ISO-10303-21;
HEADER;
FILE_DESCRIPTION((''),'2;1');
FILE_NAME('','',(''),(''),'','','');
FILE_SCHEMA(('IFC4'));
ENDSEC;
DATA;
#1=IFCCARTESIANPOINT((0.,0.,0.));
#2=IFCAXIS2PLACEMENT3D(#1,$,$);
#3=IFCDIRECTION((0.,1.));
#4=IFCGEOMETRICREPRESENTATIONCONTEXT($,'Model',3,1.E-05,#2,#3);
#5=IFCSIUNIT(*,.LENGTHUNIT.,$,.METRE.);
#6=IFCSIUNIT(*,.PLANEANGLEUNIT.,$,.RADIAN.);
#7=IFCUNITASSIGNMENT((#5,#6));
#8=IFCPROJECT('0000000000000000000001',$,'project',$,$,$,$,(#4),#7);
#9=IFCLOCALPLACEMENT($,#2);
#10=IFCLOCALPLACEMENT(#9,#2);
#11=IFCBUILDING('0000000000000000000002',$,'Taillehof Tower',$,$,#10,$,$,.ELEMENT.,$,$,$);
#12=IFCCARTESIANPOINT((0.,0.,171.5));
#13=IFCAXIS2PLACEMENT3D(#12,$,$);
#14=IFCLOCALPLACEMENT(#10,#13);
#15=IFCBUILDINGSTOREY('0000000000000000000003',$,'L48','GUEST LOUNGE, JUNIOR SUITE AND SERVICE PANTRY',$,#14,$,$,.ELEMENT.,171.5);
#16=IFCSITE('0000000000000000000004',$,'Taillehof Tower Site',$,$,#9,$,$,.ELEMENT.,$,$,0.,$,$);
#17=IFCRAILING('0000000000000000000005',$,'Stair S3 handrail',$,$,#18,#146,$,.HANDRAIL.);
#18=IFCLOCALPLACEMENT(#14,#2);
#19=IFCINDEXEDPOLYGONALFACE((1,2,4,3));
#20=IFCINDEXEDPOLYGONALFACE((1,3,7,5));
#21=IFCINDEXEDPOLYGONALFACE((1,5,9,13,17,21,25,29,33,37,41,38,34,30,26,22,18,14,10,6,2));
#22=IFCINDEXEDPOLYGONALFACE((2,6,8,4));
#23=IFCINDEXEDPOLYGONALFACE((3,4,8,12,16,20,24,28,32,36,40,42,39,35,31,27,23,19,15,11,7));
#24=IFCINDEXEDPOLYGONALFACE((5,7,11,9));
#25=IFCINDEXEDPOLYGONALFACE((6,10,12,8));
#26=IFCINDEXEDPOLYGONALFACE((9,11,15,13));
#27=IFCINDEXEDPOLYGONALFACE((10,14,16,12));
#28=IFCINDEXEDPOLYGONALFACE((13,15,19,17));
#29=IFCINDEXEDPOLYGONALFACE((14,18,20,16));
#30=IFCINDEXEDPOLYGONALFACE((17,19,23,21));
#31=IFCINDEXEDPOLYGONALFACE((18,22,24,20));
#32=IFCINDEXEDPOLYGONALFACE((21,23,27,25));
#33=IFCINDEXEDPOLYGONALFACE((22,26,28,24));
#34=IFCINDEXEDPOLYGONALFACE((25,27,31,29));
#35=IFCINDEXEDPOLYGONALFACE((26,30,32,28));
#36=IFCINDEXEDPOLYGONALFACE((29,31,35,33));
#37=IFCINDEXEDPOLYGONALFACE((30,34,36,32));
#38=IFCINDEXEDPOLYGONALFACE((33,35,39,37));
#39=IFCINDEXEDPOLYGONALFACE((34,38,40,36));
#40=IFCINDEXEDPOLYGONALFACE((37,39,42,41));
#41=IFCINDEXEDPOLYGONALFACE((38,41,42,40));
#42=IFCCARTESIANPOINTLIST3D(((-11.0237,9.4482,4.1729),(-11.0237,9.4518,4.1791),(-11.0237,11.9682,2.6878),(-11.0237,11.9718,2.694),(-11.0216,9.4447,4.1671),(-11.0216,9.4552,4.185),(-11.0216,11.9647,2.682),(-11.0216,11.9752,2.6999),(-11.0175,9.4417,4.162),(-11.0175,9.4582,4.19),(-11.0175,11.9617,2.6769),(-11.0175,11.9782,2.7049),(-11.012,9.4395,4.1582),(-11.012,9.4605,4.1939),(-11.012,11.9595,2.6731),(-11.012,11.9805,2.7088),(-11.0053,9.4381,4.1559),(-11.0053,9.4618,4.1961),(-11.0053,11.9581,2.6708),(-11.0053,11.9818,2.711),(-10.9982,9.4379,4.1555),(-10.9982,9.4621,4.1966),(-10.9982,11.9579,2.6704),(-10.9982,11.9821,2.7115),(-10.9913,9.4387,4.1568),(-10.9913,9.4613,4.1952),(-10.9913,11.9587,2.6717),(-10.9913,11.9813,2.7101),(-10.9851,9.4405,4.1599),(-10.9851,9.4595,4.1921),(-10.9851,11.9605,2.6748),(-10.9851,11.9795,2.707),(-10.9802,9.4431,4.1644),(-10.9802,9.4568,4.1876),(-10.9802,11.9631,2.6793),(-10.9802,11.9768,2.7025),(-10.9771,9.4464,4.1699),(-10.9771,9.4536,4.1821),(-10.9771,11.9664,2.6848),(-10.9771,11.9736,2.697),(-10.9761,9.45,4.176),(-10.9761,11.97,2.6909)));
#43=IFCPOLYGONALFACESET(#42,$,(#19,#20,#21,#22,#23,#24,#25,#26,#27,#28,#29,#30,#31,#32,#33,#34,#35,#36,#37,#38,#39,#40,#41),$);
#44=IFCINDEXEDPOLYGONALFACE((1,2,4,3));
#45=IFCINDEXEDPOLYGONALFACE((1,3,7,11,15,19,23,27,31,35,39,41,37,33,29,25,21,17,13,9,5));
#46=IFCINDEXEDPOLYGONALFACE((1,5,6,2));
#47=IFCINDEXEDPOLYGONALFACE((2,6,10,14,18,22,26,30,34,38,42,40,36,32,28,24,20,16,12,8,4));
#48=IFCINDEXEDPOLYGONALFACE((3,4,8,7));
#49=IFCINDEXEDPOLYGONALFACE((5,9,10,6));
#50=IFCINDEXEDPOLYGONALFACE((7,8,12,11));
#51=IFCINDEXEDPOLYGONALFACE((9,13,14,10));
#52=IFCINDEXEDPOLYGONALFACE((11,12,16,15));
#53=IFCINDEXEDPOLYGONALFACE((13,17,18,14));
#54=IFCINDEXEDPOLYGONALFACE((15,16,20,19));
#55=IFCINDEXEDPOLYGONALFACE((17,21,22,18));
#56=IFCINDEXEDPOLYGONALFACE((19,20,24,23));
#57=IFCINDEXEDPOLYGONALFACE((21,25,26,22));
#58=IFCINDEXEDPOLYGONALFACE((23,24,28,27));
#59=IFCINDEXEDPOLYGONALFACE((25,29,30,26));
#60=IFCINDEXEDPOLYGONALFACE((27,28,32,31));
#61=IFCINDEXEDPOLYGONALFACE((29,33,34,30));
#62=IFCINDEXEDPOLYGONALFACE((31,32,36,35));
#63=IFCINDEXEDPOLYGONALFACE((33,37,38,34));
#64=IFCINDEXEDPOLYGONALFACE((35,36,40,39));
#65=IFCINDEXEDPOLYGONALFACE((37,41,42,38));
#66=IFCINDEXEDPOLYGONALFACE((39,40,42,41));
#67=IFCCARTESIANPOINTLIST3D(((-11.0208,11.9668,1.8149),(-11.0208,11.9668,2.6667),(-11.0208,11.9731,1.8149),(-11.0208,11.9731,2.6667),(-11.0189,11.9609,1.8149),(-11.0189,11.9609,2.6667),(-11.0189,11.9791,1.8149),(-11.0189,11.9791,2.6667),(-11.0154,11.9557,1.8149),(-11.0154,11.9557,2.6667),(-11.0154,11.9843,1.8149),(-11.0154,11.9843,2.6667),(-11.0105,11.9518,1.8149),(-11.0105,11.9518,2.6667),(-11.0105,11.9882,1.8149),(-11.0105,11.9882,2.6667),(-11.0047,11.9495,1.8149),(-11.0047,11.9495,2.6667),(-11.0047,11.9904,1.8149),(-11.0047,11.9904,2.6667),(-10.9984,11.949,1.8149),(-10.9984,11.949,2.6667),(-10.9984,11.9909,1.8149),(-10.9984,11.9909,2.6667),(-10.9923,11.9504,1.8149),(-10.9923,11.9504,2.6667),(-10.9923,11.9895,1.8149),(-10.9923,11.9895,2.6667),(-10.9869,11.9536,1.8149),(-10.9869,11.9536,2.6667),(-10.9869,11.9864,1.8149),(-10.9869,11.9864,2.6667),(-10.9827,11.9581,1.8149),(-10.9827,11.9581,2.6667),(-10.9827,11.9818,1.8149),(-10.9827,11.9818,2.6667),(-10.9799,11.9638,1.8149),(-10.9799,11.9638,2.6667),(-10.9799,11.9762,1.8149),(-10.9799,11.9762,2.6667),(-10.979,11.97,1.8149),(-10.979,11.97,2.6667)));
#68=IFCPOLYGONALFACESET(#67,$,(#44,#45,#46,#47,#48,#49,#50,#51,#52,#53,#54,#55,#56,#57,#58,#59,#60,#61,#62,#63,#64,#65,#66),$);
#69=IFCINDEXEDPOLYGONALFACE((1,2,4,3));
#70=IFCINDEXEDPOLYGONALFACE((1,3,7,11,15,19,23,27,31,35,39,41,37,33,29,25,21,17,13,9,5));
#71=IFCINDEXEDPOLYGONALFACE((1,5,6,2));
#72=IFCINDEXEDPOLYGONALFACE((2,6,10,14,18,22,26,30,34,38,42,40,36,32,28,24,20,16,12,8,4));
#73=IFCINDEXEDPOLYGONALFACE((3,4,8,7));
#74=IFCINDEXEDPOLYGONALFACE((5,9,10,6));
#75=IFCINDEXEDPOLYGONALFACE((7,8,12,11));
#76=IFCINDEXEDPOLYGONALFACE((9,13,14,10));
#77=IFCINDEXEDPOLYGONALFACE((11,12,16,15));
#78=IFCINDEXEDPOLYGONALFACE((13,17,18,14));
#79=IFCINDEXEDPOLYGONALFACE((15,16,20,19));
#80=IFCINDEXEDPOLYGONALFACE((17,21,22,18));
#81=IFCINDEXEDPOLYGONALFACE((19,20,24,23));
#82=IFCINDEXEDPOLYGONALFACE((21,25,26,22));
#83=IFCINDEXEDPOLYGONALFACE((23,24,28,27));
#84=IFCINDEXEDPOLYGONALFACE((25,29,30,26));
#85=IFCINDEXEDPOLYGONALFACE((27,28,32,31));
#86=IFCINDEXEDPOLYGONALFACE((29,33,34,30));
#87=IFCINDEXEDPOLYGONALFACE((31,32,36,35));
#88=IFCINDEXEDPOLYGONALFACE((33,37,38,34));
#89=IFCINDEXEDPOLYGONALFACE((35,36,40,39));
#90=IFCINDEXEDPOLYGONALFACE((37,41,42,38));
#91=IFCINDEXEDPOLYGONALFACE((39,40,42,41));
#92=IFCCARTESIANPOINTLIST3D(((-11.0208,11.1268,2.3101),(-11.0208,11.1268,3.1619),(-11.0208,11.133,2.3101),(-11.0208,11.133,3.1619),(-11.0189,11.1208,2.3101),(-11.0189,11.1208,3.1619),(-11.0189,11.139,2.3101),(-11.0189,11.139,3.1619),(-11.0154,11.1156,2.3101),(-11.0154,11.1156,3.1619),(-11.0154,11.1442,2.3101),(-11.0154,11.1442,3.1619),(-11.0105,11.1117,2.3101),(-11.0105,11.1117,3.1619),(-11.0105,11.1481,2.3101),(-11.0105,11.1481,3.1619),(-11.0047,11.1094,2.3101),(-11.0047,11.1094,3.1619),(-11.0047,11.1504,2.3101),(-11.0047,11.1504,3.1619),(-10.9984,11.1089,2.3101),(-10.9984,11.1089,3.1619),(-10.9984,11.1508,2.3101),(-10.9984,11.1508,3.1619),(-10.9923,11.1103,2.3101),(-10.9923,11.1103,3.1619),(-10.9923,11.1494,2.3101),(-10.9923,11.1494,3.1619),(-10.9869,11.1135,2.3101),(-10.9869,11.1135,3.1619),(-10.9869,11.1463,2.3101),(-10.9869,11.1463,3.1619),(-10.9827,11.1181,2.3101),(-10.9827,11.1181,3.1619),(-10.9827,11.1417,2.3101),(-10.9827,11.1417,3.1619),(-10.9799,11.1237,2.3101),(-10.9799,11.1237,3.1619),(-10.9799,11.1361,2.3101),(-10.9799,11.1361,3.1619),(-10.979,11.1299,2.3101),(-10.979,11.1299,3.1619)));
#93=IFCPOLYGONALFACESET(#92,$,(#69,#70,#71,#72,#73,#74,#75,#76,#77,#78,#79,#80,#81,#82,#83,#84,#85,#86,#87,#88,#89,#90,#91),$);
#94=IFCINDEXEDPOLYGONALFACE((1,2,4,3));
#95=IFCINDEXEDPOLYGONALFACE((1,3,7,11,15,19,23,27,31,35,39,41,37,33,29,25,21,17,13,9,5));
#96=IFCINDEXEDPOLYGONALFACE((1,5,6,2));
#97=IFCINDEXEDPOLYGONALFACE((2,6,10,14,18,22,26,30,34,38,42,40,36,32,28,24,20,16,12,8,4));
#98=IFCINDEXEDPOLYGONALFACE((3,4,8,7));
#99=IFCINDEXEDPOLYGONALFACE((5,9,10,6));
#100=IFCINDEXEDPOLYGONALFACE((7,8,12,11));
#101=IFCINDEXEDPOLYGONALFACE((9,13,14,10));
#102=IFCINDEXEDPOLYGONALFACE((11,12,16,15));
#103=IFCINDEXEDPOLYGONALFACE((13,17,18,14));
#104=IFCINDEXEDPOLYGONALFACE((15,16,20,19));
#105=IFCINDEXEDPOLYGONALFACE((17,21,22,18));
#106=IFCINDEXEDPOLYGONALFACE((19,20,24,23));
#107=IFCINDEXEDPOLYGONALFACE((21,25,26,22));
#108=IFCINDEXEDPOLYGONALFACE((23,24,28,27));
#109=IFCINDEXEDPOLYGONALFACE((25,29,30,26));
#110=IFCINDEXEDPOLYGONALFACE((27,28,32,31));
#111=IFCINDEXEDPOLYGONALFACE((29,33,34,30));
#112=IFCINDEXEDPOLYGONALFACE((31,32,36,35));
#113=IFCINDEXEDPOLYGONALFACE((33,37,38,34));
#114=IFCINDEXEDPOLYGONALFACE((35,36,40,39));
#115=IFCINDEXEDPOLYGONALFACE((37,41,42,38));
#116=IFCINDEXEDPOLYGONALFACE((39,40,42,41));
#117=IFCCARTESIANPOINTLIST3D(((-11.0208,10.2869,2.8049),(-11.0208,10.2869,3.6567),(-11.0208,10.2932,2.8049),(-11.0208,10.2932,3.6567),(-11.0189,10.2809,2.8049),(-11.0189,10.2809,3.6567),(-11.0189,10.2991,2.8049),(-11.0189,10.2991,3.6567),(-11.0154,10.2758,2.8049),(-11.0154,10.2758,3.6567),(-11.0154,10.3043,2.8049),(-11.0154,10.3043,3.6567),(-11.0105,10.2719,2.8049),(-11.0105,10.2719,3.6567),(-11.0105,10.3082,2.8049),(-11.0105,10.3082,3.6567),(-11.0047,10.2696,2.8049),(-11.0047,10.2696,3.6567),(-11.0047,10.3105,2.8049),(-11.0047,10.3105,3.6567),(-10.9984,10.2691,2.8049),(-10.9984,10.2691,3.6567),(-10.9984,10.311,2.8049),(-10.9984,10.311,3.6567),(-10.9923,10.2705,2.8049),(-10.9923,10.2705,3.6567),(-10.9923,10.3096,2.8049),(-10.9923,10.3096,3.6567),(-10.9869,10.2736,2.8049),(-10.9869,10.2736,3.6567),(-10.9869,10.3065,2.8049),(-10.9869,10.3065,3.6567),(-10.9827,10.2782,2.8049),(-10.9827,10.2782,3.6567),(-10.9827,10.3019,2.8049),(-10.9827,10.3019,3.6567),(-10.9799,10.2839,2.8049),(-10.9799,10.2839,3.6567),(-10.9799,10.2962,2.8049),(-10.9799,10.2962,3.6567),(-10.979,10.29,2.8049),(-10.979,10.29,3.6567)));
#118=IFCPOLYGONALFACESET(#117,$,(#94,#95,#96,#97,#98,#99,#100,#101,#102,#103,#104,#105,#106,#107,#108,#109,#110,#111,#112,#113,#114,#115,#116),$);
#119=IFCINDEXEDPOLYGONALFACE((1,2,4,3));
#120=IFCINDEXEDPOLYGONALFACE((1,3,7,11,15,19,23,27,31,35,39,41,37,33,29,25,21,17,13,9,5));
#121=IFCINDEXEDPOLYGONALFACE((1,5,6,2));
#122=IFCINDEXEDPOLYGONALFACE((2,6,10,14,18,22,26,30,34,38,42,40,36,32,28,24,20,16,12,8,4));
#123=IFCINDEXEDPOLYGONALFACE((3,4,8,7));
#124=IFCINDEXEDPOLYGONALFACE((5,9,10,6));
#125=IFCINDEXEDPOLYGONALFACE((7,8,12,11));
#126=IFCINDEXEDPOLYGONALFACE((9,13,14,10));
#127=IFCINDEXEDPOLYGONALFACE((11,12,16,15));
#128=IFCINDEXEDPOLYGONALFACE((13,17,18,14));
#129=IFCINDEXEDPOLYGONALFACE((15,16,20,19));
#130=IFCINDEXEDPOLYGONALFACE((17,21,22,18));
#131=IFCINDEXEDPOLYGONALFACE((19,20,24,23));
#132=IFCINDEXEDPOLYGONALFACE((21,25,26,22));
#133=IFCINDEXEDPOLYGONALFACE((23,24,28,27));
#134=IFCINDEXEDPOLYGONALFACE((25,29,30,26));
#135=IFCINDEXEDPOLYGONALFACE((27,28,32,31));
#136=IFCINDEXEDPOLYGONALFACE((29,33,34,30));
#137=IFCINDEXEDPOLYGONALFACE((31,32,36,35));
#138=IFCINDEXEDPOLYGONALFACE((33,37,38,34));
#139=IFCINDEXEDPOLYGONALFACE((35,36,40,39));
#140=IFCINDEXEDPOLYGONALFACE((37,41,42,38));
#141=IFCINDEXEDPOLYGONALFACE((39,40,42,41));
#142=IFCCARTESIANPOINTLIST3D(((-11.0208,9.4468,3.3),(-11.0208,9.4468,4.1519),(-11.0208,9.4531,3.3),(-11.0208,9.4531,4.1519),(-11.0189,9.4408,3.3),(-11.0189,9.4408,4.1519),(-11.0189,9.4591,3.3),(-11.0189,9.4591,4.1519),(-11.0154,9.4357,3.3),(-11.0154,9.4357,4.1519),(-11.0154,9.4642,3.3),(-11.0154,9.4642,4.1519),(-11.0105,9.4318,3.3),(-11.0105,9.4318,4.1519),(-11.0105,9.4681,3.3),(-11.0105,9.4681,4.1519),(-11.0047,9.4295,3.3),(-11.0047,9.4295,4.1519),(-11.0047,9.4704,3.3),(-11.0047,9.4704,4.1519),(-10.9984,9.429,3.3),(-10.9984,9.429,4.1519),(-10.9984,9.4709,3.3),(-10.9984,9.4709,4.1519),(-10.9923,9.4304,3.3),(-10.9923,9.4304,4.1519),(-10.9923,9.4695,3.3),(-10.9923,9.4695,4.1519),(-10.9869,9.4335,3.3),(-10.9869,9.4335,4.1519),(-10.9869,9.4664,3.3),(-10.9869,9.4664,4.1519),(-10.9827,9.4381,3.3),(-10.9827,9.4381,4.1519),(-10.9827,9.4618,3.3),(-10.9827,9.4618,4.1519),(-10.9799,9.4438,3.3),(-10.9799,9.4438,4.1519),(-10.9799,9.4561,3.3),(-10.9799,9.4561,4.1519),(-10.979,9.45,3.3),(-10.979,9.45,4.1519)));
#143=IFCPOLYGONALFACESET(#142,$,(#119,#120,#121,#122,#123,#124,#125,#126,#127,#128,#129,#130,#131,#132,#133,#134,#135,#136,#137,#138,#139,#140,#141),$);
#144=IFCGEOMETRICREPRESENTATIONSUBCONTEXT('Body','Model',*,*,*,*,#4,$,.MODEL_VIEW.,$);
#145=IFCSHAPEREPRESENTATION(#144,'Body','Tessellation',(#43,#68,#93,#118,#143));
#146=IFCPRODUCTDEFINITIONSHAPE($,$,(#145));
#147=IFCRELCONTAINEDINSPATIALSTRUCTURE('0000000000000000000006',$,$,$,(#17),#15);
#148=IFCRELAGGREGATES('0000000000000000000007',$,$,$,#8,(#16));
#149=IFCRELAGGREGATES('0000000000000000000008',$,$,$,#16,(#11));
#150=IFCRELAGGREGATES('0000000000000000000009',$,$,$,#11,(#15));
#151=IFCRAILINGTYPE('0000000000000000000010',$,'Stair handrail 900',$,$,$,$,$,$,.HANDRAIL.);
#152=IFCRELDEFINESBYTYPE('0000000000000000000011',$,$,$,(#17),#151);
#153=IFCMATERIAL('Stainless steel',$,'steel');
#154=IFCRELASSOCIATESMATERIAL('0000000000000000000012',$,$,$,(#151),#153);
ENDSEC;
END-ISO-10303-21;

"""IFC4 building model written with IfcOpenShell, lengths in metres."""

from ifc_helpers import new_model, si_unit, direction, frame, origin, origin_2d, place, context, subcontext, project, spatial, circle, extrude, material, type_object, element, save


model = new_model("IFC4")

# Units and contexts
model_context = context("Model", 3, precision=1e-05, world=origin(), true_north=direction((0.0, 1.0)))
body_context = subcontext(model_context, "Body", "Model", "MODEL_VIEW")
ifc_project = project(units=[si_unit("LENGTHUNIT", "METRE"), si_unit("PLANEANGLEUNIT", "RADIAN")], contexts=[model_context])

# Site, building, storey
site_placement = place(None, origin())
site = spatial("IfcSite", under=ifc_project, at=site_placement, Name="Taillehof Tower Site", CompositionType="ELEMENT", RefElevation=0.0)
building_placement = place(site_placement, origin())
building = spatial("IfcBuilding", under=site, at=building_placement, Name="Taillehof Tower", CompositionType="ELEMENT")
storey_placement = place(building_placement, frame((0.0, 0.0, 171.5)))
storey = spatial("IfcBuildingStorey", under=building, at=storey_placement, Name="L48", Description="GUEST LOUNGE, JUNIOR SUITE AND SERVICE PANTRY", CompositionType="ELEMENT", Elevation=171.5)

# Railing
ifc_material_1 = material(Name="Stainless steel", Category="steel")
railing_type = type_object("IfcRailingType", Name="Stair handrail 900", PredefinedType="HANDRAIL", material=ifc_material_1)
railing_placement = place(storey_placement, frame((-11.0, 11.97, 1.8149)))
element("IfcRailing", 1, at=railing_placement, inside=storey, type_object=railing_type, Name="Stair S3 handrail", PredefinedType="HANDRAIL", context=body_context, shape_type="SweptSolid", body=[
    extrude(circle(Radius=0.0239, at=origin_2d()), frame((0.0, 0.0, 0.876), z_axis=(0.0, -0.861524, 0.507717), x_axis=(1.0, 0.0, 0.0)), (0.0, 0.0, 1.0), 2.925),
    extrude(circle(Radius=0.021, at=origin_2d()), origin(), (0.0, 0.0, 1.0), 0.8518),
    extrude(circle(Radius=0.021, at=origin_2d()), frame((0.0, -0.8401, 0.4951)), (0.0, 0.0, 1.0), 0.8518),
    extrude(circle(Radius=0.021, at=origin_2d()), frame((0.0, -1.6799, 0.99)), (0.0, 0.0, 1.0), 0.8518),
    extrude(circle(Radius=0.021, at=origin_2d()), frame((0.0, -2.52, 1.4851)), (0.0, 0.0, 1.0), 0.8518),
])

save(model, "model.ifc")
